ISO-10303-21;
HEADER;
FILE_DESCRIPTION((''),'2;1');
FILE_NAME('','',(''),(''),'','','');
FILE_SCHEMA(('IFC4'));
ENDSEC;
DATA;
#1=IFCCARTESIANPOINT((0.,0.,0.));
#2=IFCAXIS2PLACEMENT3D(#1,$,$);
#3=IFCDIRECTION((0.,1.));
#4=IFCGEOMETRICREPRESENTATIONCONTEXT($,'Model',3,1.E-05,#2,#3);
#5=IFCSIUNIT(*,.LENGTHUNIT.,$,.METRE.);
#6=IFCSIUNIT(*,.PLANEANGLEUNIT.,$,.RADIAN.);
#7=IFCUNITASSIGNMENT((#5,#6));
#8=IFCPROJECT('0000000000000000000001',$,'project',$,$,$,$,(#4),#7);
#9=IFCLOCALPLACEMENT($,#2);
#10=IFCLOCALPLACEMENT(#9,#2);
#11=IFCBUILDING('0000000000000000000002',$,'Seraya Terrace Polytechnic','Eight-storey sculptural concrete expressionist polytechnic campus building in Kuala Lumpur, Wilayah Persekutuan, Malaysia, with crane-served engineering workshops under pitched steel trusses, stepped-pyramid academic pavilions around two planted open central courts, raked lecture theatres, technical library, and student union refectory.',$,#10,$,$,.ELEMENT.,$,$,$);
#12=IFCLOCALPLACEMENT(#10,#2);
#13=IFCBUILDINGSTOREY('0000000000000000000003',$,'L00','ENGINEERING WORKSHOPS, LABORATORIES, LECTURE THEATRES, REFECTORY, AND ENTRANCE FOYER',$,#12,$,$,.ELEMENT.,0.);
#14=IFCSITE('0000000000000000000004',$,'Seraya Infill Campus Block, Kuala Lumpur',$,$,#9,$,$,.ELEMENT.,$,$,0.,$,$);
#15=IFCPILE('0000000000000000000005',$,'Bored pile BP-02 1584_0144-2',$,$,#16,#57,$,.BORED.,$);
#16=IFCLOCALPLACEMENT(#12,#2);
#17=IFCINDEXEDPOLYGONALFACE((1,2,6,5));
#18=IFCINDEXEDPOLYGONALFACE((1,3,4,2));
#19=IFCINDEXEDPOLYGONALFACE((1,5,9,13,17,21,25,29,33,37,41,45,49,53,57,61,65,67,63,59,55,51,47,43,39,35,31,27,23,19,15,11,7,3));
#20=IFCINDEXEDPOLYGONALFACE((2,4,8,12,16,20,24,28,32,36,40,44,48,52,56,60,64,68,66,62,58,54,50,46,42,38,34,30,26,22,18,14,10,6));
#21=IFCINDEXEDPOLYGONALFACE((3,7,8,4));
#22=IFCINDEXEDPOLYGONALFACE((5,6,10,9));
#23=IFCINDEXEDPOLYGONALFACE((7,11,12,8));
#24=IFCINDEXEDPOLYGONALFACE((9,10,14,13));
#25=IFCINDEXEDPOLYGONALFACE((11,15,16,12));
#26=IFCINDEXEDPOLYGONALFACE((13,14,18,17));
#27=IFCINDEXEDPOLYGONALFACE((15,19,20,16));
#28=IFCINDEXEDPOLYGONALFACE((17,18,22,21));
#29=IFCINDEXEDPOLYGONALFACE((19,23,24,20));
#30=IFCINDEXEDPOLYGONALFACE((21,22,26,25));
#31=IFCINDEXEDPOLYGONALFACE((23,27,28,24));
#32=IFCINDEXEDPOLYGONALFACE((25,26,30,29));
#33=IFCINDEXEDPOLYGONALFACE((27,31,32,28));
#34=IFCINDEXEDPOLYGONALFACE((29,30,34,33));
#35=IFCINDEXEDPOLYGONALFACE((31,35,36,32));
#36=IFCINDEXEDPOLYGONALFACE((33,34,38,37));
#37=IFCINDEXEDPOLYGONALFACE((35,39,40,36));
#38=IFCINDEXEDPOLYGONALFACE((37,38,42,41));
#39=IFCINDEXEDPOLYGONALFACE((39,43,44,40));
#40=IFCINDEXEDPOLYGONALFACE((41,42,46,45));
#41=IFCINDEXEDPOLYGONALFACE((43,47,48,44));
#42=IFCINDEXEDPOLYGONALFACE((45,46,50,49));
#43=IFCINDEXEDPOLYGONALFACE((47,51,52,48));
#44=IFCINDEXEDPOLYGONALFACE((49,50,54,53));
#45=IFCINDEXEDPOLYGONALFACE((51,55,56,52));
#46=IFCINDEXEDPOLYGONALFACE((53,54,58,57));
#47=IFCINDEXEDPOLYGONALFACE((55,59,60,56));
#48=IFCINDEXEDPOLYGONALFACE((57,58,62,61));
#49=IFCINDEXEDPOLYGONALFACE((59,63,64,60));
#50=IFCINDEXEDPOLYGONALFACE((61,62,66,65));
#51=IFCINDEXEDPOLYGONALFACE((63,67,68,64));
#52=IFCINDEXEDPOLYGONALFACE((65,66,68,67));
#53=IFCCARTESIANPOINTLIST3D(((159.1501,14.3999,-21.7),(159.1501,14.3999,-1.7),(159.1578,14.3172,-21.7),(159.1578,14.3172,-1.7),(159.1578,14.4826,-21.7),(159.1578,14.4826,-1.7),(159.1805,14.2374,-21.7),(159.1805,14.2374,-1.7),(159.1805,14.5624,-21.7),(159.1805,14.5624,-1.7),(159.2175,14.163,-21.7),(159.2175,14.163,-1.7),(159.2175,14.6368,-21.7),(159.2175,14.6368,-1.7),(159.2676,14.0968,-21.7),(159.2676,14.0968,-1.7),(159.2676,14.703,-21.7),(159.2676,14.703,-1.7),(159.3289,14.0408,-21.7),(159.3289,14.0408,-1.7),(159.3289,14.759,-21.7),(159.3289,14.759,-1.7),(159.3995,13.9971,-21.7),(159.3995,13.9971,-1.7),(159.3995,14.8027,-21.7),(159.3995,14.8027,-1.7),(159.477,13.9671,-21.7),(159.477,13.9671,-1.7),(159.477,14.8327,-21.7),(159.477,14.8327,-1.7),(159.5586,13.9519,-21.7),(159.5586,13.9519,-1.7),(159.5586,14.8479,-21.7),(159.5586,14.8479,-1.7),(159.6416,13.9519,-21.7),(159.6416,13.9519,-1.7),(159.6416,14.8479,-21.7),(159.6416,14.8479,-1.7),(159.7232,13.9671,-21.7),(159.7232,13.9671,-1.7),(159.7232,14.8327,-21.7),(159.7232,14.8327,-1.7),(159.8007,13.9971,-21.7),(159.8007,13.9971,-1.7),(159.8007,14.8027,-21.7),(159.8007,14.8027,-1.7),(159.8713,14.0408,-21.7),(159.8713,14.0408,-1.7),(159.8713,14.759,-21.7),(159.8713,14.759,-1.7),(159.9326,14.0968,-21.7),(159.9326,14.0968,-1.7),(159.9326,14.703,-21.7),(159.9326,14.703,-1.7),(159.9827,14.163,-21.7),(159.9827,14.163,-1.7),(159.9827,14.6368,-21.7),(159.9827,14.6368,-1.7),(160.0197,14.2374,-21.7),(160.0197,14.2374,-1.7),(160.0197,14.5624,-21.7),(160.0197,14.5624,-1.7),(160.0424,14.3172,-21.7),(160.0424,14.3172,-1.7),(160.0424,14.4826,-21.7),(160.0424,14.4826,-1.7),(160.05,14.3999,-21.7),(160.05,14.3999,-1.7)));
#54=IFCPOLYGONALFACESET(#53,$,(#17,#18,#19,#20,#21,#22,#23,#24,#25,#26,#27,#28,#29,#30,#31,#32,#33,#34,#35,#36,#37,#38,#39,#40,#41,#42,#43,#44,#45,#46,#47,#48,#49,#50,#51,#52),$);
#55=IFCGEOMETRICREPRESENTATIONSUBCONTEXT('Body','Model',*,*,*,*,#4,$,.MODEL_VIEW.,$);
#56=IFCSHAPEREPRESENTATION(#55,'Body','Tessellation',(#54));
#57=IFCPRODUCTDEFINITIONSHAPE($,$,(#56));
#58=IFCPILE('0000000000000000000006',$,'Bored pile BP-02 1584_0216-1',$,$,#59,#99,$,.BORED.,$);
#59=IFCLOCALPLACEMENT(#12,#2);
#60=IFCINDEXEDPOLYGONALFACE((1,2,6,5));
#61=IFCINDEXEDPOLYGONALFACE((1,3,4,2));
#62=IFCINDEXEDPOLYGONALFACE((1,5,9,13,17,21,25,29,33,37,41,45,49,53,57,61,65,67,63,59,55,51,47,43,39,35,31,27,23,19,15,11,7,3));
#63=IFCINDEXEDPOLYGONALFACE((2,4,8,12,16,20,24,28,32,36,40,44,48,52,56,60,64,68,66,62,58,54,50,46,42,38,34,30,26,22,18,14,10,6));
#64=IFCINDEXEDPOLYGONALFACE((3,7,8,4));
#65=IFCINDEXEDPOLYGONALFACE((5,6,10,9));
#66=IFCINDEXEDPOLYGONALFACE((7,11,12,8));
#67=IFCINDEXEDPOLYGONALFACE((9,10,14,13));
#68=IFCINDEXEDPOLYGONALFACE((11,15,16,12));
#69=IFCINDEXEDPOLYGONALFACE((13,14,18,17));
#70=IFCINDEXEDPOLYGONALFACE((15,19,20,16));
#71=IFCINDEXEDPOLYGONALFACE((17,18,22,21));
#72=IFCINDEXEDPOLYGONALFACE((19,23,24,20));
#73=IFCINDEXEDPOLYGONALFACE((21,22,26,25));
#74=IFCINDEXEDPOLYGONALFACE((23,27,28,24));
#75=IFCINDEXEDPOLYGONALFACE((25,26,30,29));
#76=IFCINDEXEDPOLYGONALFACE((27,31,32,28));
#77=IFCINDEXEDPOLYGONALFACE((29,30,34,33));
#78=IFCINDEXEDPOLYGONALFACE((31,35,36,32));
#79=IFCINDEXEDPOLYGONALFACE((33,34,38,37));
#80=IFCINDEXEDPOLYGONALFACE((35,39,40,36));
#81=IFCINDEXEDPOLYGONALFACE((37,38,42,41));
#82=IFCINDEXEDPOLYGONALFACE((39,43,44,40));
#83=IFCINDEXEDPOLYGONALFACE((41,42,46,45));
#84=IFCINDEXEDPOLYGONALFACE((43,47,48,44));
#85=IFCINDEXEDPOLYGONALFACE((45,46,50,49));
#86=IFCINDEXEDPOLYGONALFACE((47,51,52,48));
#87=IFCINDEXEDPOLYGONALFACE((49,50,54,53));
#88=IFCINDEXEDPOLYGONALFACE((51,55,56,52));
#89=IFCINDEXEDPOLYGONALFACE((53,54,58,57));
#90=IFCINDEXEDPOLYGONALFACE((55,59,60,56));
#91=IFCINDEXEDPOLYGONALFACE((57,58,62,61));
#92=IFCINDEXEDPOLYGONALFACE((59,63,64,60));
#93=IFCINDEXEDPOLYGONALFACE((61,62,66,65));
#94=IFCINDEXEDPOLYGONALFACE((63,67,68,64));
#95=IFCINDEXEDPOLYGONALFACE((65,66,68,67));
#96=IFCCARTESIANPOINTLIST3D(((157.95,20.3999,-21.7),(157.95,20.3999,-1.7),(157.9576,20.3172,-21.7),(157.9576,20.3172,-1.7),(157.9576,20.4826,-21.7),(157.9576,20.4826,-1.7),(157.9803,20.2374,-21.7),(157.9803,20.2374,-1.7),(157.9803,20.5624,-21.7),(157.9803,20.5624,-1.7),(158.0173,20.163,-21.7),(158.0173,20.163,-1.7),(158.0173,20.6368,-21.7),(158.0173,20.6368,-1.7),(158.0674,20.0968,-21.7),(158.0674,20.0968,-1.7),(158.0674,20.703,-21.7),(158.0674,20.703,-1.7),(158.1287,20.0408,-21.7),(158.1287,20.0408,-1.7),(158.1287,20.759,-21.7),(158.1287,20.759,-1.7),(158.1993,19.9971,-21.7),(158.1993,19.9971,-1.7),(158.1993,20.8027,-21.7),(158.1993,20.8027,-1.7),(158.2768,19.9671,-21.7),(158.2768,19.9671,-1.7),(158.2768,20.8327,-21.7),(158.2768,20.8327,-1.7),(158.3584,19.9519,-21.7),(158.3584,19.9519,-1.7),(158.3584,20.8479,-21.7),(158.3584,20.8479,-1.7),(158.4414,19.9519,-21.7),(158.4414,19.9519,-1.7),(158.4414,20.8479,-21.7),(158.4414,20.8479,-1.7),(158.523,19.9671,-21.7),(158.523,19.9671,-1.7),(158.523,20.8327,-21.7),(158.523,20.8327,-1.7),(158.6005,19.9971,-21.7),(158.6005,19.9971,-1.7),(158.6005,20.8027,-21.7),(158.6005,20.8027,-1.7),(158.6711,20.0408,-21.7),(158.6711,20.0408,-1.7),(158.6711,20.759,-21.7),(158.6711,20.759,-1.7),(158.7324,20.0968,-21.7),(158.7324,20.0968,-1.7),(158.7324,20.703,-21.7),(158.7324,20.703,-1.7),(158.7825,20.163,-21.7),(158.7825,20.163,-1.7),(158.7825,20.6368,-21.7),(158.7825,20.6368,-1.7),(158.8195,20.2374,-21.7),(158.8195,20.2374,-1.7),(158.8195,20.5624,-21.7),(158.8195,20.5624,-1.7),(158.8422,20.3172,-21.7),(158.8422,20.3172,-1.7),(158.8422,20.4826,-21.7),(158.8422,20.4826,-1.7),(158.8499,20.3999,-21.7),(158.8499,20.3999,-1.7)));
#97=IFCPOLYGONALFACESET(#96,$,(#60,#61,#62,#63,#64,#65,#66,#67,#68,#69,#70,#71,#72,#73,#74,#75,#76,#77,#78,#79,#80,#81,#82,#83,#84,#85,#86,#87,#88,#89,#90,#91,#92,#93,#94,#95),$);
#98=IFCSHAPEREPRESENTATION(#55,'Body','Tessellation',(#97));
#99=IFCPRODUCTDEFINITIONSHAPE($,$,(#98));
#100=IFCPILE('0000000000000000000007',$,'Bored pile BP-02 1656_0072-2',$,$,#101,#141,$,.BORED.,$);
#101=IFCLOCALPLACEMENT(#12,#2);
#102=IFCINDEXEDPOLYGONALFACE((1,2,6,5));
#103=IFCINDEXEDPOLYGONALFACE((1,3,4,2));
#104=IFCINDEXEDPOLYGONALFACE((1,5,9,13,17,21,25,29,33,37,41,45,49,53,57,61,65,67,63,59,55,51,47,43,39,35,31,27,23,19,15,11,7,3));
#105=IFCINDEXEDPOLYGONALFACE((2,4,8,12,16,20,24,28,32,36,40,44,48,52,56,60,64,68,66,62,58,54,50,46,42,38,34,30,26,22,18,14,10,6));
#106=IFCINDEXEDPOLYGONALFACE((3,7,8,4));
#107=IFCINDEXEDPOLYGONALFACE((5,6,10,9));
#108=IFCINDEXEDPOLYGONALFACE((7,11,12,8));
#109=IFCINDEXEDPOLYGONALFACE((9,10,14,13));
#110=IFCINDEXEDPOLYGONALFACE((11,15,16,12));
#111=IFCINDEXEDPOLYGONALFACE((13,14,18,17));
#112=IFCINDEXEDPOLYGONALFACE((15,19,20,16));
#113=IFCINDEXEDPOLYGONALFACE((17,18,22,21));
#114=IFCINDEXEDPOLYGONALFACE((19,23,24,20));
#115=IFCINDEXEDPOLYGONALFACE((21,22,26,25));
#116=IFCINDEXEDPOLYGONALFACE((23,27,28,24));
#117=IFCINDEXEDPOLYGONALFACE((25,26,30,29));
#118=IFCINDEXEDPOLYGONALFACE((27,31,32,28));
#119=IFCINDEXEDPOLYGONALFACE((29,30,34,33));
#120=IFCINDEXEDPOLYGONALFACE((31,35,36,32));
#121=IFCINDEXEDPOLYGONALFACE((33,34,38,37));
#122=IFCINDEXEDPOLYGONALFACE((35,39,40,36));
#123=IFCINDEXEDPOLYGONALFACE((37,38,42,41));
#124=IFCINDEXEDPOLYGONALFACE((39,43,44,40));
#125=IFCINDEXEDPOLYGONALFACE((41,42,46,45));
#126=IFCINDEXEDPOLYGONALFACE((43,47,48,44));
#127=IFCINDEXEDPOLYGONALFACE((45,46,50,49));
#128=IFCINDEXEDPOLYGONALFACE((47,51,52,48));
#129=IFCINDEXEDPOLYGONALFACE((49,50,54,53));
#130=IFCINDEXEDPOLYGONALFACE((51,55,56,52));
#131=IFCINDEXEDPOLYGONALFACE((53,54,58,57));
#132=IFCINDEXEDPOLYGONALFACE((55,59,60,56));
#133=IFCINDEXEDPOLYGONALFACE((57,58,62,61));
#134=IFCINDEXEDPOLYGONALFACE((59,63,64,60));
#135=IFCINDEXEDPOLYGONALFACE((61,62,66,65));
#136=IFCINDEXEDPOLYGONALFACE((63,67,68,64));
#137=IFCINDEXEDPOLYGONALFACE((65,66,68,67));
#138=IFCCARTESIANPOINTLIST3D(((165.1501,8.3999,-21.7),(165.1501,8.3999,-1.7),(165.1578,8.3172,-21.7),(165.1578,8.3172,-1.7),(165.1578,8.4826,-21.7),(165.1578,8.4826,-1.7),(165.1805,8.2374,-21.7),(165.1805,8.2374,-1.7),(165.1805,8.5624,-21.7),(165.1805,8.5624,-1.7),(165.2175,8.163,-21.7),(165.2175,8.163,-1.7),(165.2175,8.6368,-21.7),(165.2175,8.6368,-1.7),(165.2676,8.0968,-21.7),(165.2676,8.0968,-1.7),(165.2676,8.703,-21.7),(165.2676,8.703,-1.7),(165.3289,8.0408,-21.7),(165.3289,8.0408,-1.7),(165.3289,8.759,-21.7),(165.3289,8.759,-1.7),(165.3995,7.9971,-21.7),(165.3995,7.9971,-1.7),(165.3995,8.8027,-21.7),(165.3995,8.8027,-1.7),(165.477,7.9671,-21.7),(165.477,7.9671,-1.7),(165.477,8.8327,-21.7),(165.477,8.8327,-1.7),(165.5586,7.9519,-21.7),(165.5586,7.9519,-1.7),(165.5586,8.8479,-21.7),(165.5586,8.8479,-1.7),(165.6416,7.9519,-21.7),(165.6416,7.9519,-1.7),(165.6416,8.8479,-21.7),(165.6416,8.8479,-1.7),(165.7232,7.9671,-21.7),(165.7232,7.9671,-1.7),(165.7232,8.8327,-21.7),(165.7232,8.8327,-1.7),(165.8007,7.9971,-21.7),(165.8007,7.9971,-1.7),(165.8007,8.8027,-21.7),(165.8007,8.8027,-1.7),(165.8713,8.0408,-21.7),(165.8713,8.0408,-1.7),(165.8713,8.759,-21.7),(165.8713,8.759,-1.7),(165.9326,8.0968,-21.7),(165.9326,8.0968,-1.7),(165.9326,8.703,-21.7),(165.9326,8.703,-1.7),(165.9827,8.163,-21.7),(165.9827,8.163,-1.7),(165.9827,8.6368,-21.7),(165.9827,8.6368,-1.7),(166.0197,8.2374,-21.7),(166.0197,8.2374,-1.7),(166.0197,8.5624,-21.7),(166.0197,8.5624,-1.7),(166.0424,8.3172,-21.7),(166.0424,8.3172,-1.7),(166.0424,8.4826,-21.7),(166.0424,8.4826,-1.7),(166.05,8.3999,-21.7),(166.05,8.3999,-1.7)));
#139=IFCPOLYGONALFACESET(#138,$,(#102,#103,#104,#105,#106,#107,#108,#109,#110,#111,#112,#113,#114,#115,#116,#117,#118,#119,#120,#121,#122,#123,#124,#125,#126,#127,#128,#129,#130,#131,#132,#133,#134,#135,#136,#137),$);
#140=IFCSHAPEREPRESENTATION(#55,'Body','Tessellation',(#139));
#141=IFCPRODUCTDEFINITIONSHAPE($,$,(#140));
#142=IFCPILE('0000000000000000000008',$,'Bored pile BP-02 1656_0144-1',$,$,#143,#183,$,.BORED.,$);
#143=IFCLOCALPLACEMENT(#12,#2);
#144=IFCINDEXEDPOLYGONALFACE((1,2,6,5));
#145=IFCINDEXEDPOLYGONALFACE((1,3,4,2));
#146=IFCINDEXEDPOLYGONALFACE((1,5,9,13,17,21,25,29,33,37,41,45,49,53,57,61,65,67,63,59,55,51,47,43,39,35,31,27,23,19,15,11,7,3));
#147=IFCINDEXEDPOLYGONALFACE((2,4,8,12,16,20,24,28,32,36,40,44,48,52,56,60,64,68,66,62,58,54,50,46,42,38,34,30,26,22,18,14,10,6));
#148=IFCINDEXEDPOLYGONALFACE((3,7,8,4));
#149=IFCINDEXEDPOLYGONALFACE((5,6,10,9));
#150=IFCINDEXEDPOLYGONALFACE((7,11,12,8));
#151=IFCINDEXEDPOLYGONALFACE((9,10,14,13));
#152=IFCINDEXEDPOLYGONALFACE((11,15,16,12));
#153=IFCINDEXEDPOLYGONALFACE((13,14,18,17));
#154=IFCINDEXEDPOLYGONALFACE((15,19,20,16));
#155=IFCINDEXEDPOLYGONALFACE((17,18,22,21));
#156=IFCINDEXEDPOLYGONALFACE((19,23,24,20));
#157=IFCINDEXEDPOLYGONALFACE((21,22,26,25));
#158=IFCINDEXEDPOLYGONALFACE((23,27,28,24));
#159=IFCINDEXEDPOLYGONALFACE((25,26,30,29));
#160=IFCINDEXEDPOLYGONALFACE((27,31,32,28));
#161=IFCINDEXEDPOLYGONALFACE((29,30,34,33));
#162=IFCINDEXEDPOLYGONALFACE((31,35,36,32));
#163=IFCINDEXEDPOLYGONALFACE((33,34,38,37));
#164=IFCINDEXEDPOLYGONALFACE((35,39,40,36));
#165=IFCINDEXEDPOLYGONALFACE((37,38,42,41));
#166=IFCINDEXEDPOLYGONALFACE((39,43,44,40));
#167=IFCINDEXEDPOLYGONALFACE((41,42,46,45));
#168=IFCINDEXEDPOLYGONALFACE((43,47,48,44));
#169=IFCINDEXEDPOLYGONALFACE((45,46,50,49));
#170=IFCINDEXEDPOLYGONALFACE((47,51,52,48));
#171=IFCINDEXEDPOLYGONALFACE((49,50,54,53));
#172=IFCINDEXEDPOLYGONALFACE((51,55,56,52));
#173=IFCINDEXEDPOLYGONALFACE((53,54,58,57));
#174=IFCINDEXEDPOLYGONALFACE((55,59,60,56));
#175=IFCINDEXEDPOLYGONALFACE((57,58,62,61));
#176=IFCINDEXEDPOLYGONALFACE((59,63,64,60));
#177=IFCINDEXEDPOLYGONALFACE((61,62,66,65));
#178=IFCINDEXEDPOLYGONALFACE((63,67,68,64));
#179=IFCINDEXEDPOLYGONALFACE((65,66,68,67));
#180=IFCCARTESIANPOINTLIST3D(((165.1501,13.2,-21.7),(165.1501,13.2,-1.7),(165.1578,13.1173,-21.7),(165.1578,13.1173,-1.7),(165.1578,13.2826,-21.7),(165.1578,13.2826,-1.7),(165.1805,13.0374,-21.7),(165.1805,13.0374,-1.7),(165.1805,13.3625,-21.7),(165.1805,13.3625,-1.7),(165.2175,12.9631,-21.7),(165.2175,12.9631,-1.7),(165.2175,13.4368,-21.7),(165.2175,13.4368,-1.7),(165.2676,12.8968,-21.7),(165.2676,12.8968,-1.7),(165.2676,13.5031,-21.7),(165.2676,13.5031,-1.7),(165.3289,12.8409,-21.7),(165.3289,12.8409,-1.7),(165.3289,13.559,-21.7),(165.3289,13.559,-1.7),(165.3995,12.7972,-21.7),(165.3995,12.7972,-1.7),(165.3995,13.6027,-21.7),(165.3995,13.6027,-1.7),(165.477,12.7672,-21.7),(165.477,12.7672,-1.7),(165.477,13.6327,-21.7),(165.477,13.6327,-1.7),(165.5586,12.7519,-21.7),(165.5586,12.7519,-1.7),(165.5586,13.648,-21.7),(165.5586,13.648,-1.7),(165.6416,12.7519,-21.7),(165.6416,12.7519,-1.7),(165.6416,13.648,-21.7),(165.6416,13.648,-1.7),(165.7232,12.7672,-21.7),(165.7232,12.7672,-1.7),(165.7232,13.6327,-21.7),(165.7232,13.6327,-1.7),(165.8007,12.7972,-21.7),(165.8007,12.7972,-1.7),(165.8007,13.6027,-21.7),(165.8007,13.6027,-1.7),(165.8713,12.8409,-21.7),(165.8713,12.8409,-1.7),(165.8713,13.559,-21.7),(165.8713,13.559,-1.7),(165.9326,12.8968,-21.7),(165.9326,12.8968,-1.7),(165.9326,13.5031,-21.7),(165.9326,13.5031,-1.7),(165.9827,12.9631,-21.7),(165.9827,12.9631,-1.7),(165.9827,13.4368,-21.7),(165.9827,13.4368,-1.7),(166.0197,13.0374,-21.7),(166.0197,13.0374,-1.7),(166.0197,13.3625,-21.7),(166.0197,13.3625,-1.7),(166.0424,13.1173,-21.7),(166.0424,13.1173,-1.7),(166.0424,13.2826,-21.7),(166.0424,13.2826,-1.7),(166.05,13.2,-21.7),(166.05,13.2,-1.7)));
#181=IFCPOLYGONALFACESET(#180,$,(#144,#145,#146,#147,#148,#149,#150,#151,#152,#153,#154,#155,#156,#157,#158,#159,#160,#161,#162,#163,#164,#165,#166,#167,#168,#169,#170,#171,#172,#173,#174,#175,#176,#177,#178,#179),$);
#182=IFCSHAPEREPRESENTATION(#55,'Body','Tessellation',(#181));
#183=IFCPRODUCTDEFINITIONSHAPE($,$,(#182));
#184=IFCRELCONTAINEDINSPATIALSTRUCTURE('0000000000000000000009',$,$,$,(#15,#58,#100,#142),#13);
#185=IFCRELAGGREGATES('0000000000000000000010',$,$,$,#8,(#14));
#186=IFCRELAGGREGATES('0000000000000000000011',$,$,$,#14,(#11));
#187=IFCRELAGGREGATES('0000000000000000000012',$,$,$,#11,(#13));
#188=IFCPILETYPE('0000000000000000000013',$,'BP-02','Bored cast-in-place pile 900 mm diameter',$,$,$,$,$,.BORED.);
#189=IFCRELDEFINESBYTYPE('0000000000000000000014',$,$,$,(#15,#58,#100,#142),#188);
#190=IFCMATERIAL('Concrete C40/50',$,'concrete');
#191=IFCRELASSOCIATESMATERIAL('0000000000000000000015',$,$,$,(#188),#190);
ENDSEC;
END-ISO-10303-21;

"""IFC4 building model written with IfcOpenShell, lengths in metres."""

from ifc_helpers import new_model, si_unit, direction, frame, origin, origin_2d, place, context, subcontext, project, spatial, circle, extrude, material, material_profile, profile_set, type_object, element, save


model = new_model("IFC4")

# Units and contexts
model_context = context("Model", 3, precision=1e-05, world=origin(), true_north=direction((0.0, 1.0)))
body_context = subcontext(model_context, "Body", "Model", "MODEL_VIEW")
ifc_project = project(units=[si_unit("LENGTHUNIT", "METRE"), si_unit("PLANEANGLEUNIT", "RADIAN")], contexts=[model_context])

# Site, building, storey
site_placement = place(None, origin())
site = spatial("IfcSite", under=ifc_project, at=site_placement, Name="Seraya Infill Campus Block, Kuala Lumpur", CompositionType="ELEMENT", RefElevation=0.0)
building_placement = place(site_placement, origin())
building = spatial("IfcBuilding", under=site, at=building_placement, Name="Seraya Terrace Polytechnic", Description="Eight-storey sculptural concrete expressionist polytechnic campus building in Kuala Lumpur, Wilayah Persekutuan, Malaysia, with crane-served engineering workshops under pitched steel trusses, stepped-pyramid academic pavilions around two planted open central courts, raked lecture theatres, technical library, and student union refectory.", CompositionType="ELEMENT")
storey_placement = place(building_placement, origin())
storey = spatial("IfcBuildingStorey", under=building, at=storey_placement, Name="L00", Description="ENGINEERING WORKSHOPS, LABORATORIES, LECTURE THEATRES, REFECTORY, AND ENTRANCE FOYER", CompositionType="ELEMENT", Elevation=0.0)

# Piles
ifc_material_1 = material(Name="Concrete C40/50", Category="concrete")
ifc_material_profile_1 = material_profile(ifc_material_1, circle(Radius=0.45, at=origin_2d()), Name="DIA 900")
ifc_profile_set_1 = profile_set([ifc_material_profile_1], Name="Concrete C40/50")
pile_type = type_object("IfcPileType", Name="BP-02", Description="Bored cast-in-place pile 900 mm diameter", PredefinedType="BORED", material=ifc_profile_set_1)
for number, where, z_axis, x_axis, name in (
    (1, (159.6001, 14.3999, -1.7), (0.0, 0.0, -1.0), (1.0, 0.0, 0.0), "Bored pile BP-02 1584_0144-2"),
    (2, (158.3999, 20.3999, -1.7), (0.0, 0.0, -1.0), (1.0, 0.0, 0.0), "Bored pile BP-02 1584_0216-1"),
    (3, (165.6001, 8.3999, -1.7), (0.0, 0.0, -1.0), (1.0, 0.0, 0.0), "Bored pile BP-02 1656_0072-2"),
    (4, (165.6001, 13.2, -1.7), (0.0, 0.0, -1.0), (1.0, 0.0, 0.0), "Bored pile BP-02 1656_0144-1"),
):
    element("IfcPile", number, at=place(storey_placement, frame(where, z_axis=z_axis, x_axis=x_axis)), inside=storey, type_object=pile_type, Name=name, PredefinedType="BORED", context=body_context, shape_type="SweptSolid", body=[
        extrude(circle(Radius=0.45, at=origin_2d()), origin(), (0.0, 0.0, 1.0), 20.0),
    ])

save(model, "model.ifc")
